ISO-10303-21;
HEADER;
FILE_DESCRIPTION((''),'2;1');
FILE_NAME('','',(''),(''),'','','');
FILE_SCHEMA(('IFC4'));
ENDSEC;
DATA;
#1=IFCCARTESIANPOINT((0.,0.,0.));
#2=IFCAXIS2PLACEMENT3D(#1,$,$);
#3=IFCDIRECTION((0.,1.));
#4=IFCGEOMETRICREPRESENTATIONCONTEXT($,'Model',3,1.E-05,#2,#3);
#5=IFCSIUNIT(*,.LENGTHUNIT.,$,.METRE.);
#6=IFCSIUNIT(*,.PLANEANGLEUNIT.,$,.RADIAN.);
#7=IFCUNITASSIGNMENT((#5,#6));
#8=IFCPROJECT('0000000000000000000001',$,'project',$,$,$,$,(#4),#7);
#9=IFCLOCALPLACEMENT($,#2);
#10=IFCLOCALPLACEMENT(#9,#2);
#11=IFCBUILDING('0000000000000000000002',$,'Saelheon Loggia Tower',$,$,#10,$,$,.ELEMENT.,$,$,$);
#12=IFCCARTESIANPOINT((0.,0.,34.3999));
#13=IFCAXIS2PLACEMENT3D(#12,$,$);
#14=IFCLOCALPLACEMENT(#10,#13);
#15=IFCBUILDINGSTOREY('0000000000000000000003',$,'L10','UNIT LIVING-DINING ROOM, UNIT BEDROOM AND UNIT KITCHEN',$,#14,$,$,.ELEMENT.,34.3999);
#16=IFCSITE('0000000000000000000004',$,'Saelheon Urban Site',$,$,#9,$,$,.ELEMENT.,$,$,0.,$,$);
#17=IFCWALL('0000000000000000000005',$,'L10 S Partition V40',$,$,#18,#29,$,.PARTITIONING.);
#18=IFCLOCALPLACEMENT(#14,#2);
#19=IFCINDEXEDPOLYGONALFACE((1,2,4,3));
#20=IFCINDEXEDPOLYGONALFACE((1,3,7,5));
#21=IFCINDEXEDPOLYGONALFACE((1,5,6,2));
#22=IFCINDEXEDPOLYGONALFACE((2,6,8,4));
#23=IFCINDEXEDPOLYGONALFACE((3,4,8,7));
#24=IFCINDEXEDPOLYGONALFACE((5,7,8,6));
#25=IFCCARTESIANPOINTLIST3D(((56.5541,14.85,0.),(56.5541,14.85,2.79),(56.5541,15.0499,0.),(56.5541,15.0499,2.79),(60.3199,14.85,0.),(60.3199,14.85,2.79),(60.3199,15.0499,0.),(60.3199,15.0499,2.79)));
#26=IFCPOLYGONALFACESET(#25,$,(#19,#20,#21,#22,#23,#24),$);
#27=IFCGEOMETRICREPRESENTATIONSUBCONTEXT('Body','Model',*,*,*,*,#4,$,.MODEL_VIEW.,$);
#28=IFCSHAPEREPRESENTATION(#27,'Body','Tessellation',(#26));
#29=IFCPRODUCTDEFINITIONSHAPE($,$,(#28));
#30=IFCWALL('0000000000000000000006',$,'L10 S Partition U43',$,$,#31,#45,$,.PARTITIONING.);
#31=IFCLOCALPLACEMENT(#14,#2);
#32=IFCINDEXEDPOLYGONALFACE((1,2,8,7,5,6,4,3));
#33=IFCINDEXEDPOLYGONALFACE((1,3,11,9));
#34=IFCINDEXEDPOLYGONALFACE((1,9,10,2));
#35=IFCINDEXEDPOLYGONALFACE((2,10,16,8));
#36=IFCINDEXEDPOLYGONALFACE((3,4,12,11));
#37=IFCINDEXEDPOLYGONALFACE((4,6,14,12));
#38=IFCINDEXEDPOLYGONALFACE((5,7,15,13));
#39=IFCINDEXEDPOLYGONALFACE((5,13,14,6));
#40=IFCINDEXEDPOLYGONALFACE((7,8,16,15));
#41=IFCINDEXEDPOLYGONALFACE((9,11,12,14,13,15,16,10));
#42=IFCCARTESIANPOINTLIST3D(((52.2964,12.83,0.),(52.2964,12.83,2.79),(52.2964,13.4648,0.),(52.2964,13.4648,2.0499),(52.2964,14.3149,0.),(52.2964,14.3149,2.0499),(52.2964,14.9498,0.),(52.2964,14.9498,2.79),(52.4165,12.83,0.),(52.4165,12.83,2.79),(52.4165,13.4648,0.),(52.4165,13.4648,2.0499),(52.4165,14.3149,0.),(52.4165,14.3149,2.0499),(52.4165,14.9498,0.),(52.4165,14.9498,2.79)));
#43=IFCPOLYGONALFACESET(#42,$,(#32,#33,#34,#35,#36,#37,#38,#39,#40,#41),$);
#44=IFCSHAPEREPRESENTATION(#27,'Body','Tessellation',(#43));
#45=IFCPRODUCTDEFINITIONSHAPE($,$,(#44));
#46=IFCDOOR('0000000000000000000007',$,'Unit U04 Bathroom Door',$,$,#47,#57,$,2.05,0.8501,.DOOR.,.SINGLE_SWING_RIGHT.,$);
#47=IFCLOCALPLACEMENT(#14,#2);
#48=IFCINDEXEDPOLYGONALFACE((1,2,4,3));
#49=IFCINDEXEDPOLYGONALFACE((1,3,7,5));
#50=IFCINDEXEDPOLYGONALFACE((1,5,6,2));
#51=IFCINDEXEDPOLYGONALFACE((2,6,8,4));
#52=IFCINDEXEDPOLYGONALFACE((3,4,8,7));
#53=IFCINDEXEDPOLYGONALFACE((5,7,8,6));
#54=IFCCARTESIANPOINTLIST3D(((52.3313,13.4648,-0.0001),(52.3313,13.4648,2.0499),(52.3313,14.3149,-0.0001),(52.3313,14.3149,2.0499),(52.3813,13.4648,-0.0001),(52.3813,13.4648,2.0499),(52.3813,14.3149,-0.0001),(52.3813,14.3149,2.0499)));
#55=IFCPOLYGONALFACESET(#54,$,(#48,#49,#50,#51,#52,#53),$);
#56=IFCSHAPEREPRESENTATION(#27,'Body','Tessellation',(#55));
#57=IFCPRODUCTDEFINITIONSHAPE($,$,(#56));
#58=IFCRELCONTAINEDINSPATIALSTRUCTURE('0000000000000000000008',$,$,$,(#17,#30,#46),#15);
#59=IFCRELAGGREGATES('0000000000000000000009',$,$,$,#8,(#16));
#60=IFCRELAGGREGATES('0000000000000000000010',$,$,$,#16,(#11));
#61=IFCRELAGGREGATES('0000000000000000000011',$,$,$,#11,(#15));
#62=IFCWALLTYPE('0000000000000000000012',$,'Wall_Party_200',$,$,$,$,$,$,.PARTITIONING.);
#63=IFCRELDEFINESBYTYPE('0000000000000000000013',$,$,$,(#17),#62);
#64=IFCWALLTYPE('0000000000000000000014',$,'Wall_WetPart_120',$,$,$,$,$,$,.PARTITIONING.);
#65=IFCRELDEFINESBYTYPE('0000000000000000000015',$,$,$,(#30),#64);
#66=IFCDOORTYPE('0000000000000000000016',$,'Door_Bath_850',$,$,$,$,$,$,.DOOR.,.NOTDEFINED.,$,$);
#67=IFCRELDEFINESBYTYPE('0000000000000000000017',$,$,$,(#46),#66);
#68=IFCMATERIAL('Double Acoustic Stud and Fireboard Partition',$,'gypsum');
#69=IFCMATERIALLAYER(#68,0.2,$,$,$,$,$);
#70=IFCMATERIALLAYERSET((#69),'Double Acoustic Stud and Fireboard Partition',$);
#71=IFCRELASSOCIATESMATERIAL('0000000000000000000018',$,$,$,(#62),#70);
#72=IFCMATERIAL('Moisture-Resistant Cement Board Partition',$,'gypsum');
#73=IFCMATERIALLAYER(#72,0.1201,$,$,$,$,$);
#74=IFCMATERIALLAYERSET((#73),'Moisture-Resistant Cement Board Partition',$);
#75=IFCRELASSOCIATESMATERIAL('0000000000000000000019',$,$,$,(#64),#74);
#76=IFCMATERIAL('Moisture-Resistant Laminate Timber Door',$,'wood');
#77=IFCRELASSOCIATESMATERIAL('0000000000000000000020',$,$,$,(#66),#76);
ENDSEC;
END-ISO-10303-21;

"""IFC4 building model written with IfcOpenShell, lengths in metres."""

from ifc_helpers import new_model, si_unit, direction, frame, frame_2d, origin, place, context, subcontext, project, spatial, rectangle, extrude, source, transform, mapped, material, layer, layer_set, type_object, element, fill, save


model = new_model("IFC4")

# Units and contexts
model_context = context("Model", 3, precision=1e-05, world=origin(), true_north=direction((0.0, 1.0)))
body_context = subcontext(model_context, "Body", "Model", "MODEL_VIEW")
ifc_project = project(units=[si_unit("LENGTHUNIT", "METRE"), si_unit("PLANEANGLEUNIT", "RADIAN")], contexts=[model_context])

# Site, building, storey
site_placement = place(None, origin())
site = spatial("IfcSite", under=ifc_project, at=site_placement, Name="Saelheon Urban Site", CompositionType="ELEMENT", RefElevation=0.0)
building_placement = place(site_placement, origin())
building = spatial("IfcBuilding", under=site, at=building_placement, Name="Saelheon Loggia Tower", CompositionType="ELEMENT")
storey_placement = place(building_placement, frame((0.0, 0.0, 34.3999)))
storey = spatial("IfcBuildingStorey", under=building, at=storey_placement, Name="L10", Description="UNIT LIVING-DINING ROOM, UNIT BEDROOM AND UNIT KITCHEN", CompositionType="ELEMENT", Elevation=34.3999)

# Shared definitions
ifc_material_1 = material(Name="Double Acoustic Stud and Fireboard Partition", Category="gypsum")
ifc_layer_1 = layer(ifc_material_1, 0.2)
ifc_layer_set_1 = layer_set([ifc_layer_1], Name="Double Acoustic Stud and Fireboard Partition")
wall_type_1 = type_object("IfcWallType", Name="Wall_Party_200", PredefinedType="PARTITIONING", material=ifc_layer_set_1)

# Wall
wall_1_placement = place(storey_placement, frame((56.5542, 14.95, 0.0), z_axis=(0.0, 0.0, 1.0), x_axis=(1.0, 0.0, 0.0)))
element("IfcWall", 1, at=wall_1_placement, inside=storey, type_object=wall_type_1, Name="L10 S Partition V40", PredefinedType="PARTITIONING", context=body_context, shape_type="SweptSolid", body=[
    extrude(rectangle(XDim=3.7659, YDim=0.2, at=frame_2d((1.8828, 0.0))), origin(), (0.0, 0.0, 1.0), 2.79),
])

# Wall, opening, door
ifc_material_2 = material(Name="Moisture-Resistant Cement Board Partition", Category="gypsum")
ifc_layer_2 = layer(ifc_material_2, 0.1201)
ifc_layer_set_2 = layer_set([ifc_layer_2], Name="Moisture-Resistant Cement Board Partition")
wall_type_2 = type_object("IfcWallType", Name="Wall_WetPart_120", PredefinedType="PARTITIONING", material=ifc_layer_set_2)
wall_2_placement = place(storey_placement, frame((52.3564, 14.95, 0.0), z_axis=(0.0, 0.0, 1.0), x_axis=(0.0, -1.0, 0.0)))
wall_2 = element("IfcWall", 2, at=wall_2_placement, inside=storey, type_object=wall_type_2, Name="L10 S Partition U43", PredefinedType="PARTITIONING", context=body_context, shape_type="SweptSolid", body=[
    extrude(rectangle(XDim=2.1199, YDim=0.1201, at=frame_2d((1.0601, 0.0))), origin(), (0.0, 0.0, 1.0), 2.79),
])
opening_1_placement = place(wall_2_placement, frame((0.635, 0.0, 0.0)))
opening_1 = element("IfcOpeningElement", 3, at=opening_1_placement, cuts=wall_2, PredefinedType="OPENING", context=body_context, shape_type="SweptSolid", body=[
    extrude(rectangle(XDim=0.8501, YDim=2.05, at=frame_2d((0.425, 1.0249))), frame((0.0, 0.072, 0.0), z_axis=(0.0, -1.0, 0.0), x_axis=(1.0, 0.0, 0.0)), (0.0, 0.0, 1.0), 0.144),
])
ifc_material_3 = material(Name="Moisture-Resistant Laminate Timber Door", Category="wood")
door_type_1 = type_object("IfcDoorType", Name="Door_Bath_850", OperationType="NOTDEFINED", PredefinedType="DOOR", material=ifc_material_3)
shared_shape_1 = source(origin(), body_context, "Body", "SweptSolid", [
    extrude(rectangle(XDim=0.8501, YDim=2.05, at=frame_2d((0.425, 1.0249))), frame((0.0, 0.0249, 0.0), z_axis=(0.0, -1.0, 0.0), x_axis=(1.0, 0.0, 0.0)), (0.0, 0.0, 1.0), 0.05),
])
door_1_placement = place(opening_1_placement, origin())
door_1 = element("IfcDoor", 4, at=door_1_placement, inside=storey, type_object=door_type_1, Name="Unit U04 Bathroom Door", OperationType="SINGLE_SWING_RIGHT", OverallHeight=2.05, OverallWidth=0.8501, PredefinedType="DOOR", context=body_context, shape_type="MappedRepresentation", body=[
    mapped(shared_shape_1, transform((0.0, 0.0, 0.0), scale=1.0)),
])
fill(opening_1, door_1)

save(model, "model.ifc")
